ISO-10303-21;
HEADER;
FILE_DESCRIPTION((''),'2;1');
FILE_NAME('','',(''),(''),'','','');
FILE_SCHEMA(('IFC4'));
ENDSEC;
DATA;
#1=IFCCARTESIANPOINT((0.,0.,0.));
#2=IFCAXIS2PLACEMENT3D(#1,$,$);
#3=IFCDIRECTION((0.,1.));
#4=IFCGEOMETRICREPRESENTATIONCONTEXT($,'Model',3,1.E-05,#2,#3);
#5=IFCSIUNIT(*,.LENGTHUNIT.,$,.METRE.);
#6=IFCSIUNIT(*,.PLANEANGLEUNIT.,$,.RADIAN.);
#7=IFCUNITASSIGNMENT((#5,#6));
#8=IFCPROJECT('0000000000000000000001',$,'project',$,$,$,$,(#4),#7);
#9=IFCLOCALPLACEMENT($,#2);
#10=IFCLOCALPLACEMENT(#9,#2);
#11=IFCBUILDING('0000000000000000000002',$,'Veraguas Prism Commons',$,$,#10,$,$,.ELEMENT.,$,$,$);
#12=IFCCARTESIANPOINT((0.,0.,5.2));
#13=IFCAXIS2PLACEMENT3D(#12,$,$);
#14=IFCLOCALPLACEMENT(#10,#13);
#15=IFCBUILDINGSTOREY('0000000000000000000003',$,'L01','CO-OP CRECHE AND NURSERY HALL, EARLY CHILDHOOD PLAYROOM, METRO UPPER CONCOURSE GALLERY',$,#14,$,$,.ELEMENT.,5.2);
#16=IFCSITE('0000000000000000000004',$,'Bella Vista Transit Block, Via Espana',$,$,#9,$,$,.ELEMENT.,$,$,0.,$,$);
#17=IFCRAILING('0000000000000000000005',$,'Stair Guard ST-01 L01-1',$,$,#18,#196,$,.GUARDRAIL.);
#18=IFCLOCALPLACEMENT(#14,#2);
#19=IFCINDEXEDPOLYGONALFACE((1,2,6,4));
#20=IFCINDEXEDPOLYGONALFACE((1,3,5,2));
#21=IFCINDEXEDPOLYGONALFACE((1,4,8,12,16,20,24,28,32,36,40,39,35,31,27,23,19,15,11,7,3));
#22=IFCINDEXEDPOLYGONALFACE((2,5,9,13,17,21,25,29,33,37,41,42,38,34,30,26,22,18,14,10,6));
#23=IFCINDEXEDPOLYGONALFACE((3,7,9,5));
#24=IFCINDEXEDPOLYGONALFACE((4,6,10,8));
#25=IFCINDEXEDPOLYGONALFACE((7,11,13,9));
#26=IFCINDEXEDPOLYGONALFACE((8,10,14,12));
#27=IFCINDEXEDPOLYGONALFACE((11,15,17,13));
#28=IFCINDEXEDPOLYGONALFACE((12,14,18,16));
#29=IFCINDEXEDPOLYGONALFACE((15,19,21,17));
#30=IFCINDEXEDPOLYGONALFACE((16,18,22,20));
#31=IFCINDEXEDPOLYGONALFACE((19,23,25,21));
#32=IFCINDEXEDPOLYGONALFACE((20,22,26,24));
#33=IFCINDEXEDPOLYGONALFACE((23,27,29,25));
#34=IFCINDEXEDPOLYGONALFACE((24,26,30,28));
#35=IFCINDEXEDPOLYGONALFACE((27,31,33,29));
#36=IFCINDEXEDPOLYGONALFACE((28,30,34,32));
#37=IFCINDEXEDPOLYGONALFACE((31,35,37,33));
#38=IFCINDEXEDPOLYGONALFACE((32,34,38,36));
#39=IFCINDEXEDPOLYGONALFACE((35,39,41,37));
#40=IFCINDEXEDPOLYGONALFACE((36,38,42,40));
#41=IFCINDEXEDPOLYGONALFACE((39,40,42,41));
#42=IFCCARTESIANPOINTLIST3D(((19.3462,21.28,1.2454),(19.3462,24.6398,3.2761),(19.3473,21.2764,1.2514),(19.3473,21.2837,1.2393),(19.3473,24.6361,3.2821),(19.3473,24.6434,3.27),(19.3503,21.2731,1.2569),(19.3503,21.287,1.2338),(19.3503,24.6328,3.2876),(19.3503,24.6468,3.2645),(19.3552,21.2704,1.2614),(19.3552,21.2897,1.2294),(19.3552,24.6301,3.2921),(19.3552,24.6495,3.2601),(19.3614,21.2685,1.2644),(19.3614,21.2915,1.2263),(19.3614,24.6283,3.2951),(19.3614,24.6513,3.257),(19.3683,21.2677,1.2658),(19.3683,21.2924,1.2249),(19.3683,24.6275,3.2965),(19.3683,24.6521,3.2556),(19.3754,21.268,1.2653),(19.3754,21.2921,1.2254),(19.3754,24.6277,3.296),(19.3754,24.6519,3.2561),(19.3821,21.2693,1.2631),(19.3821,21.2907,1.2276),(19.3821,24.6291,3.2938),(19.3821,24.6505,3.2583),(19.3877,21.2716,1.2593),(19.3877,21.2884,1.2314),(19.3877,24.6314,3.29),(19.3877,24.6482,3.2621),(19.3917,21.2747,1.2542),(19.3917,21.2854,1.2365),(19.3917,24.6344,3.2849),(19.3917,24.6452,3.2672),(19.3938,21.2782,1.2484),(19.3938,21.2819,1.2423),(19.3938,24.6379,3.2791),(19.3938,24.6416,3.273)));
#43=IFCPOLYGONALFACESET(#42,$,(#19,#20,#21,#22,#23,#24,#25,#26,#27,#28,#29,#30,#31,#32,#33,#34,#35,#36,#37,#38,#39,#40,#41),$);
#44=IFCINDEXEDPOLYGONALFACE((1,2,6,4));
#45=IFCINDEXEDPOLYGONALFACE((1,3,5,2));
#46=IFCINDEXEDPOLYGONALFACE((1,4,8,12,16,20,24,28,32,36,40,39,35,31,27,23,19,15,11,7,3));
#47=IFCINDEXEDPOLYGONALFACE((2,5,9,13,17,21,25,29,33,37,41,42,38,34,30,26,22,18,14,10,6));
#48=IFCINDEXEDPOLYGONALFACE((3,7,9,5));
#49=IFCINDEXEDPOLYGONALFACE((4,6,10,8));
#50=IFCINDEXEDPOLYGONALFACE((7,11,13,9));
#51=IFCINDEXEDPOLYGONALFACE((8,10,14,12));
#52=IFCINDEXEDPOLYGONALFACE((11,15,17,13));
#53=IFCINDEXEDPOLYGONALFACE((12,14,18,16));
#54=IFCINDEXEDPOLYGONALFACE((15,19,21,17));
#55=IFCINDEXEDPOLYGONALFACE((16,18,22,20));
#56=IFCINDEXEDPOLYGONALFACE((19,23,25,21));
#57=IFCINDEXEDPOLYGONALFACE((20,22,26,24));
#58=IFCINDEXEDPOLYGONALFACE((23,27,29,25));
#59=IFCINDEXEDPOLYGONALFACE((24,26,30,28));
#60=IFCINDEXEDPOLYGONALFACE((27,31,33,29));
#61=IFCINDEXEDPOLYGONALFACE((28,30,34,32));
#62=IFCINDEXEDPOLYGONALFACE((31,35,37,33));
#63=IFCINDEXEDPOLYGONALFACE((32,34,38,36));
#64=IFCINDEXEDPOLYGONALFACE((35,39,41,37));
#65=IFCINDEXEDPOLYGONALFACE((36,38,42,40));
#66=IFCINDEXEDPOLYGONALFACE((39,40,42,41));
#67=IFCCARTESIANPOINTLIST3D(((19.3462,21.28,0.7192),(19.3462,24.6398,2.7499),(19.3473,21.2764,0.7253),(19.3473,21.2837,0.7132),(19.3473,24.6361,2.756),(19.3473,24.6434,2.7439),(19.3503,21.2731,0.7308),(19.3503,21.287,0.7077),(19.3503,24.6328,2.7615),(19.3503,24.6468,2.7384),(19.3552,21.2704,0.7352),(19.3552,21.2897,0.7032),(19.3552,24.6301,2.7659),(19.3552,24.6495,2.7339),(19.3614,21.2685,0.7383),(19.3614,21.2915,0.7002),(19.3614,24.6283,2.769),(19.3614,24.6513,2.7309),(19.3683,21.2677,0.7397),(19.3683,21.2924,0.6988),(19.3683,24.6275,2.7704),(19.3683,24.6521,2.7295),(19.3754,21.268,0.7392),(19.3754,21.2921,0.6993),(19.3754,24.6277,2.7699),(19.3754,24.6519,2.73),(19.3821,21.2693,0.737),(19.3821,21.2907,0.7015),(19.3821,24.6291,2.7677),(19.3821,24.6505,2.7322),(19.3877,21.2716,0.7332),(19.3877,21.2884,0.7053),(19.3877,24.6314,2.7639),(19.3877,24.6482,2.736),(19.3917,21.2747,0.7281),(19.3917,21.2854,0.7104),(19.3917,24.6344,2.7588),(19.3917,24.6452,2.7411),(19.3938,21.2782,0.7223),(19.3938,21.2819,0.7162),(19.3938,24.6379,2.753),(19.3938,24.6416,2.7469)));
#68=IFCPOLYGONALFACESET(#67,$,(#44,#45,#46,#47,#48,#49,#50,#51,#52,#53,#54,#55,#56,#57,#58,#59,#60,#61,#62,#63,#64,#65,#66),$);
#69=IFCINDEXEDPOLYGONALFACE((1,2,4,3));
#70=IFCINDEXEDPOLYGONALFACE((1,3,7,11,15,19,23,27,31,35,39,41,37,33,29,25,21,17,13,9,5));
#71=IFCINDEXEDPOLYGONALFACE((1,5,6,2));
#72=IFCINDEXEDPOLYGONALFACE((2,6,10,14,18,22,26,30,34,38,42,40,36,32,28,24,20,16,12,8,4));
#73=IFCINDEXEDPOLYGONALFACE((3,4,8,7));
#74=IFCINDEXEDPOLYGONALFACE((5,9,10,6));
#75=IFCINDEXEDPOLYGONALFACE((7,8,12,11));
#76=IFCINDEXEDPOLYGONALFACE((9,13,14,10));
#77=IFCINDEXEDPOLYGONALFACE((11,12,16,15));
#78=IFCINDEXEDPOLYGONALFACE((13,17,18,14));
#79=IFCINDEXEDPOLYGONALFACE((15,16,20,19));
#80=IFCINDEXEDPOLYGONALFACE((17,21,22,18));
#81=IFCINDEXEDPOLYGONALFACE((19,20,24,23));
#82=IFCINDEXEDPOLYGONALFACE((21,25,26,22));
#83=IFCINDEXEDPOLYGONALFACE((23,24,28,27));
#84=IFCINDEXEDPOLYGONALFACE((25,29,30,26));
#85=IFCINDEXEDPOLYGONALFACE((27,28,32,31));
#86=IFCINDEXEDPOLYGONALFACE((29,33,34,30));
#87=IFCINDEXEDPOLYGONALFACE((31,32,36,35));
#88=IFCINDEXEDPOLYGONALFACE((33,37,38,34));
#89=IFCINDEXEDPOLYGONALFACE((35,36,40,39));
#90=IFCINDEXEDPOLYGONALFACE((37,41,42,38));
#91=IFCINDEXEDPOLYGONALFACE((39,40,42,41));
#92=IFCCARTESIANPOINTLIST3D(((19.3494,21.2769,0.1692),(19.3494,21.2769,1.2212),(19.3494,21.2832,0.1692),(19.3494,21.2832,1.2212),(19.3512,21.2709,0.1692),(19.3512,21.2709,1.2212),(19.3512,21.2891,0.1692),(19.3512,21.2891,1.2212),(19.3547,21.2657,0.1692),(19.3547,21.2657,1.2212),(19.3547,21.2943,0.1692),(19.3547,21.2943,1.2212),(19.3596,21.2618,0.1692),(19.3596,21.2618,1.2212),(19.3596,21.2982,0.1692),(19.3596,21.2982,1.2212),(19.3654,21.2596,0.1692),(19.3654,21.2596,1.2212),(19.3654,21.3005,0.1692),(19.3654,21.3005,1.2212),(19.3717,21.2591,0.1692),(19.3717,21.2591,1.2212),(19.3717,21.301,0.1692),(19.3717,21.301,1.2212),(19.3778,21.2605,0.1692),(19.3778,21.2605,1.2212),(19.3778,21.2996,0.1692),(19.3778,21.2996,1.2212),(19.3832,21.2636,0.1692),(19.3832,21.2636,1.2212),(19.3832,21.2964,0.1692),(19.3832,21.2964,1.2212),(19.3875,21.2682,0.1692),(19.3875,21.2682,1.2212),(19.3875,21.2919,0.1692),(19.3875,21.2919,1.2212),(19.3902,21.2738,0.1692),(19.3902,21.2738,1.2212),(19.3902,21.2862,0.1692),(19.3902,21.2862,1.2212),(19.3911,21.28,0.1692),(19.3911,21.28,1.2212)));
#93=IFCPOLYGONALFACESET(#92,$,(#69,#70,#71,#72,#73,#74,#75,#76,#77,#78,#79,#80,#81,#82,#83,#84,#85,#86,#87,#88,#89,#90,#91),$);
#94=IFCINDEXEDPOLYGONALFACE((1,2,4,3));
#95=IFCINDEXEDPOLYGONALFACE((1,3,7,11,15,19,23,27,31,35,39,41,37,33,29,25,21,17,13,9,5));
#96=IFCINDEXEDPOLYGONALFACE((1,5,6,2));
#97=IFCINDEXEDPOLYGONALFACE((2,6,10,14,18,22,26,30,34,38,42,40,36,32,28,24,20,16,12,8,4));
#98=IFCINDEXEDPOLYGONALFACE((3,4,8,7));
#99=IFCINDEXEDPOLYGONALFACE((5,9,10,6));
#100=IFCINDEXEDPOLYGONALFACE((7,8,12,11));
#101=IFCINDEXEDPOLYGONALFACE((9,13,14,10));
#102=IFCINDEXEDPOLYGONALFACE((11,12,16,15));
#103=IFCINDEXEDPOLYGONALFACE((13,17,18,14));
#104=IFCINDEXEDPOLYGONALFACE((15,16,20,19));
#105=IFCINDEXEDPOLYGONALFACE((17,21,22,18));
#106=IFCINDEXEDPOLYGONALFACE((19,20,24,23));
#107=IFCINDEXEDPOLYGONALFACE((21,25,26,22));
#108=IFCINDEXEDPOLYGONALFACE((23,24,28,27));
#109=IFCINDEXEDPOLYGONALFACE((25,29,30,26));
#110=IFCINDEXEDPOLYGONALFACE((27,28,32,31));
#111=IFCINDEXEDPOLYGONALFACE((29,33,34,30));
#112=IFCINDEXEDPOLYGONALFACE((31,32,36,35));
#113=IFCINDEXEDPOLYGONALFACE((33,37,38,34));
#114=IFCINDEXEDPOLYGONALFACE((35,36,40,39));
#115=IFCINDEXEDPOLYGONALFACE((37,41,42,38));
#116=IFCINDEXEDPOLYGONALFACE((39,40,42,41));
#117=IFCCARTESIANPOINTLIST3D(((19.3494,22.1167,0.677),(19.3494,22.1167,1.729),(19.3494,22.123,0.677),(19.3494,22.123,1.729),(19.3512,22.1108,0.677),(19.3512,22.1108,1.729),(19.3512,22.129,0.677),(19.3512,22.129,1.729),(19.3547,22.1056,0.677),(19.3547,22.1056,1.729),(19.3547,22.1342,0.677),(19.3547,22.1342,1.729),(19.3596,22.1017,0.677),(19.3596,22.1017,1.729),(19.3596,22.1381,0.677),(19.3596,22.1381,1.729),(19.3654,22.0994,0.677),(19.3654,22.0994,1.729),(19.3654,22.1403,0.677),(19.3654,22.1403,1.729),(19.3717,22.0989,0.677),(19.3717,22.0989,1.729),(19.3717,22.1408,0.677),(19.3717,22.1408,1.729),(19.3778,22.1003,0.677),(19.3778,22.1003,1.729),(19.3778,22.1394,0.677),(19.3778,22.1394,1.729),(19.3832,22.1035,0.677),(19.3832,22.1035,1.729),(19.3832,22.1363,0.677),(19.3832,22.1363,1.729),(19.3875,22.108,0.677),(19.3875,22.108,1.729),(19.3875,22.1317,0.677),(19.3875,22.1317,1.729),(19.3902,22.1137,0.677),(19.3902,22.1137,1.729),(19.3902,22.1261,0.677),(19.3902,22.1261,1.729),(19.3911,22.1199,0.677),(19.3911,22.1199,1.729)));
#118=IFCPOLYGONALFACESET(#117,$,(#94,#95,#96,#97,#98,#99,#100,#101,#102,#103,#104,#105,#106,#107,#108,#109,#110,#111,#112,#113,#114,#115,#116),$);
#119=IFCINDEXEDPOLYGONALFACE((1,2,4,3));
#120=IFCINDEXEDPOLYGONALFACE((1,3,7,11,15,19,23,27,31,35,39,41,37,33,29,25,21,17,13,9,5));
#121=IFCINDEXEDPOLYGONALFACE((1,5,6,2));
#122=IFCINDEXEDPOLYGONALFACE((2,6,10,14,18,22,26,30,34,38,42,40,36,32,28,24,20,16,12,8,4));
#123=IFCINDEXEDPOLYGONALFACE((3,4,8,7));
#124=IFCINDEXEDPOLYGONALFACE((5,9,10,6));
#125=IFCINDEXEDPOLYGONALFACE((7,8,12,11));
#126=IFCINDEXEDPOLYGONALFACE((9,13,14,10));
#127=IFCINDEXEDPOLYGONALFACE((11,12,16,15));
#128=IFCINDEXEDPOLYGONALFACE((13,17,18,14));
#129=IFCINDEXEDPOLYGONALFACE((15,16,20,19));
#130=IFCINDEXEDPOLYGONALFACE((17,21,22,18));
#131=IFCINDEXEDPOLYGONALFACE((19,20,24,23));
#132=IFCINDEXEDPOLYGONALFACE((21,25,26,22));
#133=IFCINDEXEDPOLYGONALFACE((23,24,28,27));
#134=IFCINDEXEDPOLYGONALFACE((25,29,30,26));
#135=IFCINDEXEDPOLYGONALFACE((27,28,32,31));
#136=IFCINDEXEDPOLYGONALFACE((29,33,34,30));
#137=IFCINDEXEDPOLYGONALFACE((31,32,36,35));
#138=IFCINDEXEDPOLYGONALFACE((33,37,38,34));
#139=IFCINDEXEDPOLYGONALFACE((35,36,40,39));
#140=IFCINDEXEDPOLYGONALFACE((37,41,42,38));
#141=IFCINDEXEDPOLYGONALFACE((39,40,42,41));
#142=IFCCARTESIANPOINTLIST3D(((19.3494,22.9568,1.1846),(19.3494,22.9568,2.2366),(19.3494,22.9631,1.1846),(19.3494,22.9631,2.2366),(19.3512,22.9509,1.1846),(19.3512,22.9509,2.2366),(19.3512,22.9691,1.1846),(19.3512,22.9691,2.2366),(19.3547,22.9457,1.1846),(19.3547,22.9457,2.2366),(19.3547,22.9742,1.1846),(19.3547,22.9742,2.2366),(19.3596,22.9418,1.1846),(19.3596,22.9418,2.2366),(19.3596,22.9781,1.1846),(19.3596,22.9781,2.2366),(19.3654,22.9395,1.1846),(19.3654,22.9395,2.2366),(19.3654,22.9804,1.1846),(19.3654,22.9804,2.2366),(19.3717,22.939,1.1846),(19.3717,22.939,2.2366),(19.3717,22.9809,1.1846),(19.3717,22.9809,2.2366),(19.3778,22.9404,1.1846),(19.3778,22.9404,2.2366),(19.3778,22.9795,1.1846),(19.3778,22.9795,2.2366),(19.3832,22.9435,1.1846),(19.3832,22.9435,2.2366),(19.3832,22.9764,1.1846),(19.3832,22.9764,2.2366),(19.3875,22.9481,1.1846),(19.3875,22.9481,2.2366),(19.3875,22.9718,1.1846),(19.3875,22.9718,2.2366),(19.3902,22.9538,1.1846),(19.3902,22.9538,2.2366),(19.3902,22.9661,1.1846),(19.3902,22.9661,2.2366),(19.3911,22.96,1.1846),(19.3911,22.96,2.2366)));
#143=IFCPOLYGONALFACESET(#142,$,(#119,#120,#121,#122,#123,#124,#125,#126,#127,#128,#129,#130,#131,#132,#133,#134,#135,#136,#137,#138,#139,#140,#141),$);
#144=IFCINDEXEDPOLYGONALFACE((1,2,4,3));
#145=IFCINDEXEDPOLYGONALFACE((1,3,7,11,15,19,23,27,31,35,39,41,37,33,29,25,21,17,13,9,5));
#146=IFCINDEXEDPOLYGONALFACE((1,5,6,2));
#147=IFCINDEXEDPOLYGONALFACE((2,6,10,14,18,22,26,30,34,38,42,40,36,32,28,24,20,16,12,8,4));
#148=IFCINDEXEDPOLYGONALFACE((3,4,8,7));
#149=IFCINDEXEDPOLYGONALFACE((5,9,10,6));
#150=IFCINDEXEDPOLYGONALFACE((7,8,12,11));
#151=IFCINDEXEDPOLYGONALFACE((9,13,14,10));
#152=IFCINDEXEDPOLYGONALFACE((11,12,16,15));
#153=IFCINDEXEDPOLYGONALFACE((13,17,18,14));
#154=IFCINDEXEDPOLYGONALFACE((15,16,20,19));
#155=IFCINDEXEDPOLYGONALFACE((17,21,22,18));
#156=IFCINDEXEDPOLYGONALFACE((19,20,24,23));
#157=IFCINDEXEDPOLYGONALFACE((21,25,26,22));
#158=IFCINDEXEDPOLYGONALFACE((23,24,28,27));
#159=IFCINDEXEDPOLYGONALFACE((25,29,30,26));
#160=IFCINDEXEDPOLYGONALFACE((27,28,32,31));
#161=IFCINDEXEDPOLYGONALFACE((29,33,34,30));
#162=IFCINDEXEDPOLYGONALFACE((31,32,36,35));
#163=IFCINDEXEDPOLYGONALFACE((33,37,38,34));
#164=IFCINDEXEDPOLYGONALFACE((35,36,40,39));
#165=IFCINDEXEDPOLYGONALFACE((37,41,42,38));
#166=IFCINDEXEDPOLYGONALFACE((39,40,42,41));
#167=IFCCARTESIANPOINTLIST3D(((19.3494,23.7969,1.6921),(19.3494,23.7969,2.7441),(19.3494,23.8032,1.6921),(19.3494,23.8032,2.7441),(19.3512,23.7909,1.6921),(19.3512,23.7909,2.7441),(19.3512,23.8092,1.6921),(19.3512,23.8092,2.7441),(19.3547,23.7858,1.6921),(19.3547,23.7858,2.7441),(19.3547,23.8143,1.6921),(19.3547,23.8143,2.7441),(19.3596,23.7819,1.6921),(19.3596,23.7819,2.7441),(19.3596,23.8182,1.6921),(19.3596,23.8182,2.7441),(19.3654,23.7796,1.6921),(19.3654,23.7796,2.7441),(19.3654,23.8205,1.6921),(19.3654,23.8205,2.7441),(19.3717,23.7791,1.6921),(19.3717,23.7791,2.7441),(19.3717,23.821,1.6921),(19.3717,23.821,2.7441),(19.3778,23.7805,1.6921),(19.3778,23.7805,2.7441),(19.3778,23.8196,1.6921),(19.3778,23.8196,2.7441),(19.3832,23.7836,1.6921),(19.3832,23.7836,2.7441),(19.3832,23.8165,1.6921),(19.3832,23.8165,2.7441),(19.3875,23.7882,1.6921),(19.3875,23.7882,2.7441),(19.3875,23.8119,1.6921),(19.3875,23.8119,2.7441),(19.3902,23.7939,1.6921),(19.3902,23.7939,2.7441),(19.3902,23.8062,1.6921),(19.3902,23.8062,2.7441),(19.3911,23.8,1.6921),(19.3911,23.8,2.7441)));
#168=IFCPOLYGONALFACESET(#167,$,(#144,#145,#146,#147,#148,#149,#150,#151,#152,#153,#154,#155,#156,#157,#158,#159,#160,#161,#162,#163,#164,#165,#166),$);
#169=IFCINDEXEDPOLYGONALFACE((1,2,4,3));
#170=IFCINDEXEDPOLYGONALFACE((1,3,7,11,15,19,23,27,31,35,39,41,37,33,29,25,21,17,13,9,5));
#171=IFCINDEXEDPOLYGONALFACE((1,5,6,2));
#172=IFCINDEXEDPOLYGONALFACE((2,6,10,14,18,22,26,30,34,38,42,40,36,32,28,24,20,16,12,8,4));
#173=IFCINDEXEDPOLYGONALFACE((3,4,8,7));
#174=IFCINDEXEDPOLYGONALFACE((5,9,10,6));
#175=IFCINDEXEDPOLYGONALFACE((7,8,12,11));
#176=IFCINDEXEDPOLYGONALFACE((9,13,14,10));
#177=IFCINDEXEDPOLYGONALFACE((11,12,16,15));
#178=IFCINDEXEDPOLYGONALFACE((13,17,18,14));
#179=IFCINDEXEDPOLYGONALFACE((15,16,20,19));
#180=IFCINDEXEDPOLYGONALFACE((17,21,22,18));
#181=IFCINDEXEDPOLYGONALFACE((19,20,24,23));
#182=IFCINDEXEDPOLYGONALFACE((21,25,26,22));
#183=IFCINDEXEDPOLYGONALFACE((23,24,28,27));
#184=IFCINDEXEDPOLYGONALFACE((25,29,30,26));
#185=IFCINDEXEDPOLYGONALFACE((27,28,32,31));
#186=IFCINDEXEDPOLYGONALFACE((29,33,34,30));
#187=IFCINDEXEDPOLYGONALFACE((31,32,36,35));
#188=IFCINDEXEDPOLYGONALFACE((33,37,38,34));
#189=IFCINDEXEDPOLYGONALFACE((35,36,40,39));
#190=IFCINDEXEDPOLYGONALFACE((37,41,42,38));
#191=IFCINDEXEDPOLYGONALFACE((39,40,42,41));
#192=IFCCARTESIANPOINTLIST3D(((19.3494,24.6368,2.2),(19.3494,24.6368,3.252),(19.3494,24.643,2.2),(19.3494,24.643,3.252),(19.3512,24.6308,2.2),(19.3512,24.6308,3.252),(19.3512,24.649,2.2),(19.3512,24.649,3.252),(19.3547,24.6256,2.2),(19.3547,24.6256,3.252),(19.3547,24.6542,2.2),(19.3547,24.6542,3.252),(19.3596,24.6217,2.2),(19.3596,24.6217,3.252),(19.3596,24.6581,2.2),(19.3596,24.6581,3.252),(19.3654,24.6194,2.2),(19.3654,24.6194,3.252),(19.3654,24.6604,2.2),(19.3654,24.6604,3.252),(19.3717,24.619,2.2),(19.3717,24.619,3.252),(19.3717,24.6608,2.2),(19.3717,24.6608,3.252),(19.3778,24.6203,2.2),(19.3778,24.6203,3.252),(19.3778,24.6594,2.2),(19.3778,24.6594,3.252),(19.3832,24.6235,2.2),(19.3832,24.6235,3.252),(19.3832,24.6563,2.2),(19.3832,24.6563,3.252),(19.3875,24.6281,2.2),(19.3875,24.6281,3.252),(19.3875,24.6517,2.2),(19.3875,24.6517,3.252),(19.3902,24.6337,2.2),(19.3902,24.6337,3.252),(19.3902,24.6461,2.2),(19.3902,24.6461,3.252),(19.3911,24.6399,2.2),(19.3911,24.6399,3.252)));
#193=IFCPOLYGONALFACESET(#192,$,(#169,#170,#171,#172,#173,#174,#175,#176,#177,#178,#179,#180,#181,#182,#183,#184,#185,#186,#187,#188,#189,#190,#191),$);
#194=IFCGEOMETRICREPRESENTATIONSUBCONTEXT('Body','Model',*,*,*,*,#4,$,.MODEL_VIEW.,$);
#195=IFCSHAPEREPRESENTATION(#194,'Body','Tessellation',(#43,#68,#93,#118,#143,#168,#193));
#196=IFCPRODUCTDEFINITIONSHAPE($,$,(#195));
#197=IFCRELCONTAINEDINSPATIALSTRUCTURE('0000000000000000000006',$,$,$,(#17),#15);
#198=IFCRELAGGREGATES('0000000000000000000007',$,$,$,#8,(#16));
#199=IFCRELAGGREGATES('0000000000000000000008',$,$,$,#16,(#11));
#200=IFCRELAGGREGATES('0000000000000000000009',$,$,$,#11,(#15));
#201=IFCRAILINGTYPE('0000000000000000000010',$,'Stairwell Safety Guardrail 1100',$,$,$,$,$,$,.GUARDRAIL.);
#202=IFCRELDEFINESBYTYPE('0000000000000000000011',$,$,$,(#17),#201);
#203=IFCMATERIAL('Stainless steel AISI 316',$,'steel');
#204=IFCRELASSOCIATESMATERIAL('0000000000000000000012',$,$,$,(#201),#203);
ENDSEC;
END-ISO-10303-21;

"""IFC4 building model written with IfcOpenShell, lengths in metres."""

from ifc_helpers import new_model, si_unit, direction, frame, origin, origin_2d, place, context, subcontext, project, spatial, circle, extrude, material, type_object, element, save


model = new_model("IFC4")

# Units and contexts
model_context = context("Model", 3, precision=1e-05, world=origin(), true_north=direction((0.0, 1.0)))
body_context = subcontext(model_context, "Body", "Model", "MODEL_VIEW")
ifc_project = project(units=[si_unit("LENGTHUNIT", "METRE"), si_unit("PLANEANGLEUNIT", "RADIAN")], contexts=[model_context])

# Site, building, storey
site_placement = place(None, origin())
site = spatial("IfcSite", under=ifc_project, at=site_placement, Name="Bella Vista Transit Block, Via Espana", CompositionType="ELEMENT", RefElevation=0.0)
building_placement = place(site_placement, origin())
building = spatial("IfcBuilding", under=site, at=building_placement, Name="Veraguas Prism Commons", CompositionType="ELEMENT")
storey_placement = place(building_placement, frame((0.0, 0.0, 5.2)))
storey = spatial("IfcBuildingStorey", under=building, at=storey_placement, Name="L01", Description="CO-OP CRECHE AND NURSERY HALL, EARLY CHILDHOOD PLAYROOM, METRO UPPER CONCOURSE GALLERY", CompositionType="ELEMENT", Elevation=5.2)

# Railing
ifc_material_1 = material(Name="Stainless steel AISI 316", Category="steel")
railing_type_1 = type_object("IfcRailingType", Name="Stairwell Safety Guardrail 1100", PredefinedType="GUARDRAIL", material=ifc_material_1)
railing_1_placement = place(storey_placement, frame((19.3701, 21.28, 0.1692)))
element("IfcRailing", 1, at=railing_1_placement, inside=storey, type_object=railing_type_1, Name="Stair Guard ST-01 L01-1", PredefinedType="GUARDRAIL", context=body_context, shape_type="SweptSolid", body=[
    extrude(circle(Radius=0.0239, at=origin_2d()), frame((0.0, 0.0, 1.0762), z_axis=(0.0, 0.85582, 0.517273), x_axis=(-1.0, 0.0, 0.0)), (0.0, 0.0, 1.0), 3.9258),
    extrude(circle(Radius=0.0239, at=origin_2d()), frame((0.0, 0.0, 0.55), z_axis=(0.0, 0.85582, 0.517273), x_axis=(-1.0, 0.0, 0.0)), (0.0, 0.0, 1.0), 3.9258),
    extrude(circle(Radius=0.021, at=origin_2d()), origin(), (0.0, 0.0, 1.0), 1.052),
    extrude(circle(Radius=0.021, at=origin_2d()), frame((0.0, 0.8398, 0.5078)), (0.0, 0.0, 1.0), 1.052),
    extrude(circle(Radius=0.021, at=origin_2d()), frame((0.0, 1.6799, 1.0154)), (0.0, 0.0, 1.0), 1.052),
    extrude(circle(Radius=0.021, at=origin_2d()), frame((0.0, 2.52, 1.5229)), (0.0, 0.0, 1.0), 1.052),
    extrude(circle(Radius=0.021, at=origin_2d()), frame((0.0, 3.3599, 2.0308)), (0.0, 0.0, 1.0), 1.052),
])

save(model, "model.ifc")
